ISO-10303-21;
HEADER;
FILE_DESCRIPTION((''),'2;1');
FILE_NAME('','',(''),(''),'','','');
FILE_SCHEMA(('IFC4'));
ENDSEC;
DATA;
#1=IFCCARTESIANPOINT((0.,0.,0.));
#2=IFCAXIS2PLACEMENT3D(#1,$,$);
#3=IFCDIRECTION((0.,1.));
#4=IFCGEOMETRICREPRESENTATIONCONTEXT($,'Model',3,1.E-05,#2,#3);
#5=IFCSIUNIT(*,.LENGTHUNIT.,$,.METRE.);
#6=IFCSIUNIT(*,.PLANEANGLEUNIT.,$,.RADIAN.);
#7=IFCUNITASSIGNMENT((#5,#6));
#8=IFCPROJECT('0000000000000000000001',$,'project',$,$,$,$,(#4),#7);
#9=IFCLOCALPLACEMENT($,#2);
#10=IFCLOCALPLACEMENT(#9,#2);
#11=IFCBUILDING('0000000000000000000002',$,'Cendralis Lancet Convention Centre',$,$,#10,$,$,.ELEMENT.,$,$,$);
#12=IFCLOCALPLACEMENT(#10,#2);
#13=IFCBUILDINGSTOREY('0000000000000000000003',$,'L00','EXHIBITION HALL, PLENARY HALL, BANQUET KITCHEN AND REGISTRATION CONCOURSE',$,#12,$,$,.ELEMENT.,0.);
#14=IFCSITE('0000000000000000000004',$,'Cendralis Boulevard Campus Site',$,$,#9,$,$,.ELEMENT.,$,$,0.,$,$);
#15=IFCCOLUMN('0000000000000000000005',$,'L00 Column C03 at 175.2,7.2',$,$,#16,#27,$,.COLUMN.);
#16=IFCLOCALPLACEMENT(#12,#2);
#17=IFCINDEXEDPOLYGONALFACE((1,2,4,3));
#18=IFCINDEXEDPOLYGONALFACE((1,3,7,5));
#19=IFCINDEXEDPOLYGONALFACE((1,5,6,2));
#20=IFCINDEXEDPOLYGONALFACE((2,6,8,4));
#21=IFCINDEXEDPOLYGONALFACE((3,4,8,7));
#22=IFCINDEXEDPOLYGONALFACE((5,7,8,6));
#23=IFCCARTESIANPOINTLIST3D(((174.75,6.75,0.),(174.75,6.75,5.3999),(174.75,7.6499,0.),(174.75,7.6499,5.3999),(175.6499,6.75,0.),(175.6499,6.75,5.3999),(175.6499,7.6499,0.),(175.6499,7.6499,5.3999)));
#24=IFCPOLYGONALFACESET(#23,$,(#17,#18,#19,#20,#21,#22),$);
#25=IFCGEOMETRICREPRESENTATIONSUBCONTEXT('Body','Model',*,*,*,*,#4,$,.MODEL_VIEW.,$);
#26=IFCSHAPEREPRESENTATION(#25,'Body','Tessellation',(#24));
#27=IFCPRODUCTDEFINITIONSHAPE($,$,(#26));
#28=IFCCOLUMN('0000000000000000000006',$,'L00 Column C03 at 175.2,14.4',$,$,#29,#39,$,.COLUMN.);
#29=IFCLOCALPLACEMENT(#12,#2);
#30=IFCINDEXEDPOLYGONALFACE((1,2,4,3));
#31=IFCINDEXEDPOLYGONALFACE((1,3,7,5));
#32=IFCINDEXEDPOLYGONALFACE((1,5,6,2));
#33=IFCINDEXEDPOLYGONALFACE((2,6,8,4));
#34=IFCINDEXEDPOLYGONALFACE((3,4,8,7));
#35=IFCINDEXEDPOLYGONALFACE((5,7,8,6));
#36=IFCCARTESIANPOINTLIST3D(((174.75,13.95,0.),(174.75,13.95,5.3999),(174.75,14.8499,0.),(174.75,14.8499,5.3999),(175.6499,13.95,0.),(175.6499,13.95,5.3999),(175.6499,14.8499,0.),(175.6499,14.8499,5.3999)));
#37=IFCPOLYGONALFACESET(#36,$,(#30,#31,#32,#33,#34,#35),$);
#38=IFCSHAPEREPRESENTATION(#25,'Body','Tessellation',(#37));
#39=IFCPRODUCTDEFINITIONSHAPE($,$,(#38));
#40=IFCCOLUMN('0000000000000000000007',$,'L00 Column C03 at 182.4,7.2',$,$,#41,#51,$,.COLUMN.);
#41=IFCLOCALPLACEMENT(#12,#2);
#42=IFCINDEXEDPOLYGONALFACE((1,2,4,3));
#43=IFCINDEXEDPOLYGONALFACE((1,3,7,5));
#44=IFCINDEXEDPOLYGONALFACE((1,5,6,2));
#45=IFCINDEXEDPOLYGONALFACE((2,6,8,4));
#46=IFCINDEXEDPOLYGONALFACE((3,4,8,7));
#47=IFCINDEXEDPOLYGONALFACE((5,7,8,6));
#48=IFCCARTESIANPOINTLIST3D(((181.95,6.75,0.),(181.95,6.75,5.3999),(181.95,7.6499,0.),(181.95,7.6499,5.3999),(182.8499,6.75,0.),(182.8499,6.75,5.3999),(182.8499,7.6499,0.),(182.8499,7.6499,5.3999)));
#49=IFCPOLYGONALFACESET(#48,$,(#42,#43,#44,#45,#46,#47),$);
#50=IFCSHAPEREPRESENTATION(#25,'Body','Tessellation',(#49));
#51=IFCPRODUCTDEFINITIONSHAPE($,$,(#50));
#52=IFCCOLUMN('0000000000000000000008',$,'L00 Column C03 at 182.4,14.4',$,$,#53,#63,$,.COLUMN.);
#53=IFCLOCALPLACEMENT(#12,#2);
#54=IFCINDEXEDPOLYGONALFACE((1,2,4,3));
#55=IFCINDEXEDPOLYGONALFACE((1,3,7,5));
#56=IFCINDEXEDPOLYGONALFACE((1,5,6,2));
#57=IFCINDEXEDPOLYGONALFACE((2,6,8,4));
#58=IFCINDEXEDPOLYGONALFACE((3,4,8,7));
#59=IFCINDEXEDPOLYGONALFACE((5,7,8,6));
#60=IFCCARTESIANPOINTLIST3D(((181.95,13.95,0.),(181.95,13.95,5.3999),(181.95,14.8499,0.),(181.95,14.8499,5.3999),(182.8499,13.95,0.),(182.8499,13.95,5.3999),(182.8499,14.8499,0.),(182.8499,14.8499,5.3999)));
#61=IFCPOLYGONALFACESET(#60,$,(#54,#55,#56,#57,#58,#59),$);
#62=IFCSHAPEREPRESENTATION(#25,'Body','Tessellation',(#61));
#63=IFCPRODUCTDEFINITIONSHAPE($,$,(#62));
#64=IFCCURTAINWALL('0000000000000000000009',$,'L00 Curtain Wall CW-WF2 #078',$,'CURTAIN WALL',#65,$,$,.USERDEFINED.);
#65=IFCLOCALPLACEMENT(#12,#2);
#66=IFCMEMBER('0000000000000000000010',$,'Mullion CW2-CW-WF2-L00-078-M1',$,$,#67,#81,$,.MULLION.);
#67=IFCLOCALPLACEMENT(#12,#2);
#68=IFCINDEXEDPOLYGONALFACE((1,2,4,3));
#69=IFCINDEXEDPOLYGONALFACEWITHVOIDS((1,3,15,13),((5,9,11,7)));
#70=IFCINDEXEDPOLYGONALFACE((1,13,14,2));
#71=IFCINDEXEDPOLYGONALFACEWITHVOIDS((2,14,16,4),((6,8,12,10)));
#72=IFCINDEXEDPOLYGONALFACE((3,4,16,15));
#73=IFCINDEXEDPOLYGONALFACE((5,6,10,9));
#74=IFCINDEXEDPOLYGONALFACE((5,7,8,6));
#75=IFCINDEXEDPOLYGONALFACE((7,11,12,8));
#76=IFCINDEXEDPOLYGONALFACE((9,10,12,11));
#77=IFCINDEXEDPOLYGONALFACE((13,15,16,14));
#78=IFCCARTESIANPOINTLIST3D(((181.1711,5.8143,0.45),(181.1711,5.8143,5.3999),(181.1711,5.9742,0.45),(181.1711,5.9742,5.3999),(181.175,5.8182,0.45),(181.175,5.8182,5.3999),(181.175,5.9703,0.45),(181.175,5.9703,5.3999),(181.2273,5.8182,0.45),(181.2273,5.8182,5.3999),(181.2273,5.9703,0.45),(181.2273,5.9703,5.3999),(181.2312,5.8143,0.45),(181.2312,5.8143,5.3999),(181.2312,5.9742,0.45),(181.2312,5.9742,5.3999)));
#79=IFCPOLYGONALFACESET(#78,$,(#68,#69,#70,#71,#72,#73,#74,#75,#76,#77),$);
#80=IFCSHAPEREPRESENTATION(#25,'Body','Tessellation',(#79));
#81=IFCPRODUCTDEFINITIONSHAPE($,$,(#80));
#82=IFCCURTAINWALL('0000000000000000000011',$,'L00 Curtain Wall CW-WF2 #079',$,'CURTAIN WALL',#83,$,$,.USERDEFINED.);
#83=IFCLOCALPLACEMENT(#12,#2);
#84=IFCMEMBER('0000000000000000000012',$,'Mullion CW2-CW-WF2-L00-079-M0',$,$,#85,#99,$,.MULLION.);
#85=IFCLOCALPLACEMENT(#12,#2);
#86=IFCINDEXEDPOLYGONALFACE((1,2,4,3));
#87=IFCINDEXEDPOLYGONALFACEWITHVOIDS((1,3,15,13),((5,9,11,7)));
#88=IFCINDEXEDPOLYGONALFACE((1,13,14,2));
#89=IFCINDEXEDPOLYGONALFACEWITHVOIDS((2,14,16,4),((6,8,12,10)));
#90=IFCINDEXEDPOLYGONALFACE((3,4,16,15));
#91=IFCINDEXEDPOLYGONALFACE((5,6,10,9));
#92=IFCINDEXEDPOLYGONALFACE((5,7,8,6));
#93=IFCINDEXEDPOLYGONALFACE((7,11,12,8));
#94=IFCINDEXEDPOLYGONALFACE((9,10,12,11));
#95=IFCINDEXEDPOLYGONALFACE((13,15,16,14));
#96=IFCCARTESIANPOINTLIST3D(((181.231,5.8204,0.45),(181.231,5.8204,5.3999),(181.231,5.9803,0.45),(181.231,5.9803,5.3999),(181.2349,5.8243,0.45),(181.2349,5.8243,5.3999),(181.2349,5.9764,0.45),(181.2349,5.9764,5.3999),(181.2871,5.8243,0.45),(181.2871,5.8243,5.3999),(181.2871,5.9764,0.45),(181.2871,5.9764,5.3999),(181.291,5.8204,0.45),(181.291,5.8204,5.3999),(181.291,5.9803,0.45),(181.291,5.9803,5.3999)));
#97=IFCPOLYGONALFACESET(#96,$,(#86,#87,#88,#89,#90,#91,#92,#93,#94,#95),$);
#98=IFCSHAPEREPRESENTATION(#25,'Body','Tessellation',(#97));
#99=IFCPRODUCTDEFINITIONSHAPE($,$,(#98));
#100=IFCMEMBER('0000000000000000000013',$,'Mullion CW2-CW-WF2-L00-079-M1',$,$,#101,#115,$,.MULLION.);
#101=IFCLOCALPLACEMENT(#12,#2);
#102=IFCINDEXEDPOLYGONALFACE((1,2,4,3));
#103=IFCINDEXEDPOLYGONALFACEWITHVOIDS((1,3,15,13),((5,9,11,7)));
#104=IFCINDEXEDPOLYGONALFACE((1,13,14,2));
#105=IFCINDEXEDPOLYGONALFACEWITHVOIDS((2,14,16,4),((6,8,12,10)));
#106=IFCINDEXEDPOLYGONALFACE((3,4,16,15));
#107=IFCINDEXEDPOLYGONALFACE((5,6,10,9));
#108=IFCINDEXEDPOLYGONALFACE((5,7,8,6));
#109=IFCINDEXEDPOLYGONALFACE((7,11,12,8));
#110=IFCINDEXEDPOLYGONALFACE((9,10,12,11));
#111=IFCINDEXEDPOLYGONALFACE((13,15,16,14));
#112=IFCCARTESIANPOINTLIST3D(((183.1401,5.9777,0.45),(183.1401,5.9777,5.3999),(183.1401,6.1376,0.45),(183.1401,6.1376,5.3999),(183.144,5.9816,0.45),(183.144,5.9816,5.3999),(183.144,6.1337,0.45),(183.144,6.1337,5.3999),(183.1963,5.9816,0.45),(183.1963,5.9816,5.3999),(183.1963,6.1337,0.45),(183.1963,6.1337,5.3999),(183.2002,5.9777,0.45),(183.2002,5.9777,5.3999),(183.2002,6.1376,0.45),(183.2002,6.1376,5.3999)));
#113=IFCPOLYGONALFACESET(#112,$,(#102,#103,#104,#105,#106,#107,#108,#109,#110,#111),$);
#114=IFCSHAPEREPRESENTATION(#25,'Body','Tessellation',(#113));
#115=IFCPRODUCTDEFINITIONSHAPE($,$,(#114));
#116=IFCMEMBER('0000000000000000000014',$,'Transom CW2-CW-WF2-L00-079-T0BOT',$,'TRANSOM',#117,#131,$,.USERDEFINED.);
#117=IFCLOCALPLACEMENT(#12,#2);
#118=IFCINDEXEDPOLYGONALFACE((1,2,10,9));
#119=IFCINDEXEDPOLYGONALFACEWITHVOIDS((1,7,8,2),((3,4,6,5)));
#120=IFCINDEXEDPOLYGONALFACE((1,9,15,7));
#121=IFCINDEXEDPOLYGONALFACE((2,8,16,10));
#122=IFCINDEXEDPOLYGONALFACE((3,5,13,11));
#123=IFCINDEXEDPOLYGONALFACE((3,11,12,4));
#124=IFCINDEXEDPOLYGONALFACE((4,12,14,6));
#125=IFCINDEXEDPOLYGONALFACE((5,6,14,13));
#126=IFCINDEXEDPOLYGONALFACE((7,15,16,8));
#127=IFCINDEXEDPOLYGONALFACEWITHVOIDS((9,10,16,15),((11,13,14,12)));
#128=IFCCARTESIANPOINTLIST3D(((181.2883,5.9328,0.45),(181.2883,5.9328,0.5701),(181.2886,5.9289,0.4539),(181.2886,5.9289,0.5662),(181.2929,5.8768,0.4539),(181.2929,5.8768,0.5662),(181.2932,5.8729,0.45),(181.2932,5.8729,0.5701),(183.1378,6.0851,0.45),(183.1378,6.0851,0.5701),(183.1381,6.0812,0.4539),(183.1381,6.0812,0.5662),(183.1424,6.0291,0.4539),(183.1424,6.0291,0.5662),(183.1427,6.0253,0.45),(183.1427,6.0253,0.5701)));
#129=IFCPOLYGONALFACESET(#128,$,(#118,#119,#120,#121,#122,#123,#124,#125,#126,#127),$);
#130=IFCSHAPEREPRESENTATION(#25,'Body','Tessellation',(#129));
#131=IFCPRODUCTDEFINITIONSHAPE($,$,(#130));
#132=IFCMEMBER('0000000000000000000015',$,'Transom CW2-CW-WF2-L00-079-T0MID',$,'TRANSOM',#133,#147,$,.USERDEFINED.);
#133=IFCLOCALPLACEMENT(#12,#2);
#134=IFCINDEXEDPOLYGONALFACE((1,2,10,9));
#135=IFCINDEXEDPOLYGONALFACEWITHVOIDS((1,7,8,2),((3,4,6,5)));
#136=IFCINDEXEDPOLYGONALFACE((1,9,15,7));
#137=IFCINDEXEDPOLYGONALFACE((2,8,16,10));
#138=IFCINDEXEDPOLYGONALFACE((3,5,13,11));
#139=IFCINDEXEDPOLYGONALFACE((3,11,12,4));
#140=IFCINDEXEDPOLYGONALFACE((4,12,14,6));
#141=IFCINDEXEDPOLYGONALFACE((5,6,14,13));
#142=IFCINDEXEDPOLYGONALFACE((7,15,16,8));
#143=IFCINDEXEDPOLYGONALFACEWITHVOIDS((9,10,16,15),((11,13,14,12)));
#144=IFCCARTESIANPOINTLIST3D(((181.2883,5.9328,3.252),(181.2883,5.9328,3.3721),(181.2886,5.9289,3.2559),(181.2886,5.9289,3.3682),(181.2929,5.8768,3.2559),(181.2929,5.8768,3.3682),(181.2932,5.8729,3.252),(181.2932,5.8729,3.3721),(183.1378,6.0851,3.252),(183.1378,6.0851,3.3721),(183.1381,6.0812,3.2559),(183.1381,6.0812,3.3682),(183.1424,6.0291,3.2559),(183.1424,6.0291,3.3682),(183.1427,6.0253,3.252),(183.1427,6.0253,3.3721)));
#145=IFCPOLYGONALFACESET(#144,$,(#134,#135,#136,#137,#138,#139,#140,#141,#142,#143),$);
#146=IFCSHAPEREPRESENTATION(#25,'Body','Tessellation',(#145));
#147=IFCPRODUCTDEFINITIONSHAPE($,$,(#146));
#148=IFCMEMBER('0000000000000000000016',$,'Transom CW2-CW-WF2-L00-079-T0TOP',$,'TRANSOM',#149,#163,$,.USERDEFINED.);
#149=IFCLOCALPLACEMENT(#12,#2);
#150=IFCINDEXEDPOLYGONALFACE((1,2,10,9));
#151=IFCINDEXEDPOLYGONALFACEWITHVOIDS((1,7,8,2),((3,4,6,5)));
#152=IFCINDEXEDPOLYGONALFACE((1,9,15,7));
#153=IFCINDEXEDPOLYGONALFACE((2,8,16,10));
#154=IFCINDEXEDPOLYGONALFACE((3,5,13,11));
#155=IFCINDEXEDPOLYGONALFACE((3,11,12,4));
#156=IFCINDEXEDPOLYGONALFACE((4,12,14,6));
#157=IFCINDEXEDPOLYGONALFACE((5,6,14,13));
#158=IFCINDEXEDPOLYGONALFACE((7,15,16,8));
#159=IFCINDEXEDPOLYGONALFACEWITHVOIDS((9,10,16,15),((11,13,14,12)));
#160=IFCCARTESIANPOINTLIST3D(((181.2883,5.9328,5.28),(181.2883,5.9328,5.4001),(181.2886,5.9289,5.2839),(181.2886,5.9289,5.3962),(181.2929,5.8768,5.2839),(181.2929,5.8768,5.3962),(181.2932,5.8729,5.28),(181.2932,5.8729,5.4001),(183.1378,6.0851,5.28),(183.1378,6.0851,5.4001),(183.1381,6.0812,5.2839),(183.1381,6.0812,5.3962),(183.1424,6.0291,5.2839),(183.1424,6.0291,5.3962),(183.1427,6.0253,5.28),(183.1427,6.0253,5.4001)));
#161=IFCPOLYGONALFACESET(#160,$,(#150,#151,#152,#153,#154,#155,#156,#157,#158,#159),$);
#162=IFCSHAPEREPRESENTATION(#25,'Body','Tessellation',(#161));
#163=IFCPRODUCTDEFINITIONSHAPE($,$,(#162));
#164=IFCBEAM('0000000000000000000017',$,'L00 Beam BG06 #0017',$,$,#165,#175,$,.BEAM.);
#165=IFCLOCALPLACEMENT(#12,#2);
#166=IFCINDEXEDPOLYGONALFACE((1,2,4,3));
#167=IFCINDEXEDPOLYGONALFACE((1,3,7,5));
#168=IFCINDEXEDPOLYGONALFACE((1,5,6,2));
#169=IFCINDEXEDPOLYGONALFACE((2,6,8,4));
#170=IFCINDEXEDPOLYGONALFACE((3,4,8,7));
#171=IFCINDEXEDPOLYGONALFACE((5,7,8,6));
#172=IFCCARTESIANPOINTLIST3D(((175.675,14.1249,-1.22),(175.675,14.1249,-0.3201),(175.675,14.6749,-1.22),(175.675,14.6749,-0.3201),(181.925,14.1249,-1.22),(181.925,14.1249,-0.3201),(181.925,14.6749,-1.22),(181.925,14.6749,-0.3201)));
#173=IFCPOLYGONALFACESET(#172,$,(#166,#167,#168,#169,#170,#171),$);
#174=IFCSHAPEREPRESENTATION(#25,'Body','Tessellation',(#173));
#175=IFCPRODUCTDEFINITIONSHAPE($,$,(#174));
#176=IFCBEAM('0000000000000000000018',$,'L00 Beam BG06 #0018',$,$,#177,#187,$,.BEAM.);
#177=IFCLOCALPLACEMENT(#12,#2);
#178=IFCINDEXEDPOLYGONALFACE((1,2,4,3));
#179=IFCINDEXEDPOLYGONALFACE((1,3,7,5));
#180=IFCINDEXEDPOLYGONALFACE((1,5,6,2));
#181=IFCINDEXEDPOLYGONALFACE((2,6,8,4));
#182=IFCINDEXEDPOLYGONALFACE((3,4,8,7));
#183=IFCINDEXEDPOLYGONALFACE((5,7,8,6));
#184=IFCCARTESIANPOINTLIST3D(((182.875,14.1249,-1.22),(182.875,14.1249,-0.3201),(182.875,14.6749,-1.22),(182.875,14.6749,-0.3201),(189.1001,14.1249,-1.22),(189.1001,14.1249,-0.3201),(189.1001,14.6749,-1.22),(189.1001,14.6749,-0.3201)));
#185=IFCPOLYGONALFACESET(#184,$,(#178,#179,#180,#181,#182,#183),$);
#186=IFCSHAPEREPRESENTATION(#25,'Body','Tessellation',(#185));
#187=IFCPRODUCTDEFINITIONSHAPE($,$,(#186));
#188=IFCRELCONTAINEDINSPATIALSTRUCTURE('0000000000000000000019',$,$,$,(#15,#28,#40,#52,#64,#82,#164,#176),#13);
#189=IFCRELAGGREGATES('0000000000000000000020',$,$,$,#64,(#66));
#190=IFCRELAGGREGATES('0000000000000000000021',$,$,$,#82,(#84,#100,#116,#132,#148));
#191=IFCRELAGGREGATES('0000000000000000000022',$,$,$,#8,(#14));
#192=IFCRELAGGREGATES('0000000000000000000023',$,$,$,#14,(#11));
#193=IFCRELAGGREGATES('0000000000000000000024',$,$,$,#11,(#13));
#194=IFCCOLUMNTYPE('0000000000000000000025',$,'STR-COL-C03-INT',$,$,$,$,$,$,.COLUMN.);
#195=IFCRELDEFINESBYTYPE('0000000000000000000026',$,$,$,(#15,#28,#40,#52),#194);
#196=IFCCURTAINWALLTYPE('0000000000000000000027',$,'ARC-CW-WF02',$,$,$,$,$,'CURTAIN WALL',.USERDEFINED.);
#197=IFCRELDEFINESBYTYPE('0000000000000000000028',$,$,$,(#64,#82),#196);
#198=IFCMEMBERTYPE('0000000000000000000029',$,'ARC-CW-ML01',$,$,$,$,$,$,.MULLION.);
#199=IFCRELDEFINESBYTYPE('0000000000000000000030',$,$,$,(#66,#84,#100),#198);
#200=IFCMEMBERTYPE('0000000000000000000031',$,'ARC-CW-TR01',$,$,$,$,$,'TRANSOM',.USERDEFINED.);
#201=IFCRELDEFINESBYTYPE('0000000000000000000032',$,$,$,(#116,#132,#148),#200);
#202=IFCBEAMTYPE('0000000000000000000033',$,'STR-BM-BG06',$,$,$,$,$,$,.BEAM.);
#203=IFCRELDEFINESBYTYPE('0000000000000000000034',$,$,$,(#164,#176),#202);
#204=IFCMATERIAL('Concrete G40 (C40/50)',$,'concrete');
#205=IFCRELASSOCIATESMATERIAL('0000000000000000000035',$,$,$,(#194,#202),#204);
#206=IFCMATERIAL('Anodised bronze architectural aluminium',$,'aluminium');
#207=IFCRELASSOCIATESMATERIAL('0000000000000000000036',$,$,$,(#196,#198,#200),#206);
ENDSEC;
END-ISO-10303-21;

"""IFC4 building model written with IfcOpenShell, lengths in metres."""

from ifc_helpers import new_model, si_unit, direction, frame, origin, origin_2d, place, context, subcontext, project, spatial, rectangle, hollow_rectangle, extrude, material, material_profile, profile_set, type_object, element, aggregate, save


model = new_model("IFC4")

# Units and contexts
model_context = context("Model", 3, precision=1e-05, world=origin(), true_north=direction((0.0, 1.0)))
body_context = subcontext(model_context, "Body", "Model", "MODEL_VIEW")
ifc_project = project(units=[si_unit("LENGTHUNIT", "METRE"), si_unit("PLANEANGLEUNIT", "RADIAN")], contexts=[model_context])

# Site, building, storey
site_placement = place(None, origin())
site = spatial("IfcSite", under=ifc_project, at=site_placement, Name="Cendralis Boulevard Campus Site", CompositionType="ELEMENT", RefElevation=0.0)
building_placement = place(site_placement, origin())
building = spatial("IfcBuilding", under=site, at=building_placement, Name="Cendralis Lancet Convention Centre", CompositionType="ELEMENT")
storey_placement = place(building_placement, origin())
storey = spatial("IfcBuildingStorey", under=building, at=storey_placement, Name="L00", Description="EXHIBITION HALL, PLENARY HALL, BANQUET KITCHEN AND REGISTRATION CONCOURSE", CompositionType="ELEMENT", Elevation=0.0)

# Columns
ifc_material_1 = material(Name="Concrete G40 (C40/50)", Category="concrete")
ifc_material_profile_1 = material_profile(ifc_material_1, rectangle(XDim=0.8999, YDim=0.8999, at=origin_2d()), Name="RC 900x900")
ifc_profile_set_1 = profile_set([ifc_material_profile_1], Name="Concrete G40 (C40/50)")
column_type = type_object("IfcColumnType", Name="STR-COL-C03-INT", PredefinedType="COLUMN", material=ifc_profile_set_1)
for number, where, z_axis, x_axis, name in (
    (1, (175.2, 7.2, 0.0), (0.0, 0.0, 1.0), (1.0, 0.0, 0.0), "L00 Column C03 at 175.2,7.2"),
    (2, (175.2, 14.3999, 0.0), (0.0, 0.0, 1.0), (1.0, 0.0, 0.0), "L00 Column C03 at 175.2,14.4"),
    (3, (182.3999, 7.2, 0.0), (0.0, 0.0, 1.0), (1.0, 0.0, 0.0), "L00 Column C03 at 182.4,7.2"),
    (4, (182.3999, 14.3999, 0.0), (0.0, 0.0, 1.0), (1.0, 0.0, 0.0), "L00 Column C03 at 182.4,14.4"),
):
    element("IfcColumn", number, at=place(storey_placement, frame(where, z_axis=z_axis, x_axis=x_axis)), inside=storey, type_object=column_type, Name=name, PredefinedType="COLUMN", context=body_context, shape_type="SweptSolid", body=[
        extrude(rectangle(XDim=0.8999, YDim=0.8999, at=origin_2d()), origin(), (0.0, 0.0, 1.0), 5.3999),
    ])

# Curtain wall, member
ifc_material_2 = material(Name="Anodised bronze architectural aluminium", Category="aluminium")
curtain_wall_type = type_object("IfcCurtainWallType", Name="ARC-CW-WF02", ElementType="CURTAIN WALL", PredefinedType="USERDEFINED", material=ifc_material_2)
curtain_wall_1_placement = place(storey_placement, origin())
curtain_wall_1 = element("IfcCurtainWall", 5, at=curtain_wall_1_placement, inside=storey, type_object=curtain_wall_type, Name="L00 Curtain Wall CW-WF2 #078", ObjectType="CURTAIN WALL", PredefinedType="USERDEFINED")
ifc_material_profile_2 = material_profile(ifc_material_2, hollow_rectangle(XDim=0.0601, YDim=0.1599, WallThickness=0.0039, at=origin_2d()), Name="AL-MULL 60x160x4.0")
ifc_profile_set_2 = profile_set([ifc_material_profile_2], Name="Anodised bronze architectural aluminium")
member_type_1 = type_object("IfcMemberType", Name="ARC-CW-ML01", PredefinedType="MULLION", material=ifc_profile_set_2)
member_1_placement = place(storey_placement, frame((181.2012, 5.8943, 0.45), z_axis=(0.0, 0.0, 1.0), x_axis=(1.0, 0.0, 0.0)))
member_1 = element("IfcMember", 6, at=member_1_placement, type_object=member_type_1, Name="Mullion CW2-CW-WF2-L00-078-M1", PredefinedType="MULLION", context=body_context, shape_type="SweptSolid", body=[
    extrude(hollow_rectangle(XDim=0.0601, YDim=0.1599, WallThickness=0.0039, at=origin_2d()), origin(), (0.0, 0.0, 1.0), 4.95),
])

# Curtain wall, members
curtain_wall_2_placement = place(storey_placement, origin())
curtain_wall_2 = element("IfcCurtainWall", 7, at=curtain_wall_2_placement, inside=storey, type_object=curtain_wall_type, Name="L00 Curtain Wall CW-WF2 #079", ObjectType="CURTAIN WALL", PredefinedType="USERDEFINED")
member_2_placement = place(storey_placement, frame((181.261, 5.9004, 0.45), z_axis=(0.0, 0.0, 1.0), x_axis=(1.0, 0.0, 0.0)))
member_2 = element("IfcMember", 8, at=member_2_placement, type_object=member_type_1, Name="Mullion CW2-CW-WF2-L00-079-M0", PredefinedType="MULLION", context=body_context, shape_type="SweptSolid", body=[
    extrude(hollow_rectangle(XDim=0.0601, YDim=0.1599, WallThickness=0.0039, at=origin_2d()), origin(), (0.0, 0.0, 1.0), 4.95),
])
member_3_placement = place(storey_placement, frame((183.1702, 6.0576, 0.45), z_axis=(0.0, 0.0, 1.0), x_axis=(1.0, 0.0, 0.0)))
member_3 = element("IfcMember", 9, at=member_3_placement, type_object=member_type_1, Name="Mullion CW2-CW-WF2-L00-079-M1", PredefinedType="MULLION", context=body_context, shape_type="SweptSolid", body=[
    extrude(hollow_rectangle(XDim=0.0601, YDim=0.1599, WallThickness=0.0039, at=origin_2d()), origin(), (0.0, 0.0, 1.0), 4.95),
])
ifc_material_profile_3 = material_profile(ifc_material_2, hollow_rectangle(XDim=0.0601, YDim=0.1201, WallThickness=0.0039, at=origin_2d()), Name="AL-TRAN 60x120x4.0")
ifc_profile_set_3 = profile_set([ifc_material_profile_3], Name="Anodised bronze architectural aluminium")
member_type_2 = type_object("IfcMemberType", Name="ARC-CW-TR01", ElementType="TRANSOM", PredefinedType="USERDEFINED", material=ifc_profile_set_3)
member_4_placement = place(storey_placement, frame((181.2908, 5.9028, 0.51), z_axis=(0.996624, 0.082098, 0.0), x_axis=(-0.082098, 0.996624, 0.0)))
member_4 = element("IfcMember", 10, at=member_4_placement, type_object=member_type_2, Name="Transom CW2-CW-WF2-L00-079-T0BOT", ObjectType="TRANSOM", PredefinedType="USERDEFINED", context=body_context, shape_type="SweptSolid", body=[
    extrude(hollow_rectangle(XDim=0.0601, YDim=0.1201, WallThickness=0.0039, at=origin_2d()), origin(), (0.0, 0.0, 1.0), 1.8557),
])
member_5_placement = place(storey_placement, frame((181.2908, 5.9028, 3.312), z_axis=(0.996624, 0.082098, 0.0), x_axis=(-0.082098, 0.996624, 0.0)))
member_5 = element("IfcMember", 11, at=member_5_placement, type_object=member_type_2, Name="Transom CW2-CW-WF2-L00-079-T0MID", ObjectType="TRANSOM", PredefinedType="USERDEFINED", context=body_context, shape_type="SweptSolid", body=[
    extrude(hollow_rectangle(XDim=0.0601, YDim=0.1201, WallThickness=0.0039, at=origin_2d()), origin(), (0.0, 0.0, 1.0), 1.8557),
])
member_6_placement = place(storey_placement, frame((181.2908, 5.9028, 5.3401), z_axis=(0.996624, 0.082098, 0.0), x_axis=(-0.082098, 0.996624, 0.0)))
member_6 = element("IfcMember", 12, at=member_6_placement, type_object=member_type_2, Name="Transom CW2-CW-WF2-L00-079-T0TOP", ObjectType="TRANSOM", PredefinedType="USERDEFINED", context=body_context, shape_type="SweptSolid", body=[
    extrude(hollow_rectangle(XDim=0.0601, YDim=0.1201, WallThickness=0.0039, at=origin_2d()), origin(), (0.0, 0.0, 1.0), 1.8557),
])

# Beams
ifc_material_profile_4 = material_profile(ifc_material_1, rectangle(XDim=0.55, YDim=0.8999, at=origin_2d()), Name="RCB 550x900")
ifc_profile_set_4 = profile_set([ifc_material_profile_4], Name="Concrete G40 (C40/50)")
beam_type_1 = type_object("IfcBeamType", Name="STR-BM-BG06", PredefinedType="BEAM", material=ifc_profile_set_4)
beam_1_placement = place(storey_placement, frame((175.675, 14.3999, -0.77), z_axis=(1.0, 0.0, 0.0), x_axis=(0.0, 1.0, 0.0)))
element("IfcBeam", 13, at=beam_1_placement, inside=storey, type_object=beam_type_1, Name="L00 Beam BG06 #0017", PredefinedType="BEAM", context=body_context, shape_type="SweptSolid", body=[
    extrude(rectangle(XDim=0.55, YDim=0.8999, at=origin_2d()), origin(), (0.0, 0.0, 1.0), 6.25),
])
beam_2_placement = place(storey_placement, frame((182.875, 14.3999, -0.77), z_axis=(1.0, 0.0, 0.0), x_axis=(0.0, 1.0, 0.0)))
element("IfcBeam", 14, at=beam_2_placement, inside=storey, type_object=beam_type_1, Name="L00 Beam BG06 #0018", PredefinedType="BEAM", context=body_context, shape_type="SweptSolid", body=[
    extrude(rectangle(XDim=0.55, YDim=0.8999, at=origin_2d()), origin(), (0.0, 0.0, 1.0), 6.2251),
])

aggregate(curtain_wall_1, [member_1])
aggregate(curtain_wall_2, [member_2, member_3, member_4, member_5, member_6])

save(model, "model.ifc")
